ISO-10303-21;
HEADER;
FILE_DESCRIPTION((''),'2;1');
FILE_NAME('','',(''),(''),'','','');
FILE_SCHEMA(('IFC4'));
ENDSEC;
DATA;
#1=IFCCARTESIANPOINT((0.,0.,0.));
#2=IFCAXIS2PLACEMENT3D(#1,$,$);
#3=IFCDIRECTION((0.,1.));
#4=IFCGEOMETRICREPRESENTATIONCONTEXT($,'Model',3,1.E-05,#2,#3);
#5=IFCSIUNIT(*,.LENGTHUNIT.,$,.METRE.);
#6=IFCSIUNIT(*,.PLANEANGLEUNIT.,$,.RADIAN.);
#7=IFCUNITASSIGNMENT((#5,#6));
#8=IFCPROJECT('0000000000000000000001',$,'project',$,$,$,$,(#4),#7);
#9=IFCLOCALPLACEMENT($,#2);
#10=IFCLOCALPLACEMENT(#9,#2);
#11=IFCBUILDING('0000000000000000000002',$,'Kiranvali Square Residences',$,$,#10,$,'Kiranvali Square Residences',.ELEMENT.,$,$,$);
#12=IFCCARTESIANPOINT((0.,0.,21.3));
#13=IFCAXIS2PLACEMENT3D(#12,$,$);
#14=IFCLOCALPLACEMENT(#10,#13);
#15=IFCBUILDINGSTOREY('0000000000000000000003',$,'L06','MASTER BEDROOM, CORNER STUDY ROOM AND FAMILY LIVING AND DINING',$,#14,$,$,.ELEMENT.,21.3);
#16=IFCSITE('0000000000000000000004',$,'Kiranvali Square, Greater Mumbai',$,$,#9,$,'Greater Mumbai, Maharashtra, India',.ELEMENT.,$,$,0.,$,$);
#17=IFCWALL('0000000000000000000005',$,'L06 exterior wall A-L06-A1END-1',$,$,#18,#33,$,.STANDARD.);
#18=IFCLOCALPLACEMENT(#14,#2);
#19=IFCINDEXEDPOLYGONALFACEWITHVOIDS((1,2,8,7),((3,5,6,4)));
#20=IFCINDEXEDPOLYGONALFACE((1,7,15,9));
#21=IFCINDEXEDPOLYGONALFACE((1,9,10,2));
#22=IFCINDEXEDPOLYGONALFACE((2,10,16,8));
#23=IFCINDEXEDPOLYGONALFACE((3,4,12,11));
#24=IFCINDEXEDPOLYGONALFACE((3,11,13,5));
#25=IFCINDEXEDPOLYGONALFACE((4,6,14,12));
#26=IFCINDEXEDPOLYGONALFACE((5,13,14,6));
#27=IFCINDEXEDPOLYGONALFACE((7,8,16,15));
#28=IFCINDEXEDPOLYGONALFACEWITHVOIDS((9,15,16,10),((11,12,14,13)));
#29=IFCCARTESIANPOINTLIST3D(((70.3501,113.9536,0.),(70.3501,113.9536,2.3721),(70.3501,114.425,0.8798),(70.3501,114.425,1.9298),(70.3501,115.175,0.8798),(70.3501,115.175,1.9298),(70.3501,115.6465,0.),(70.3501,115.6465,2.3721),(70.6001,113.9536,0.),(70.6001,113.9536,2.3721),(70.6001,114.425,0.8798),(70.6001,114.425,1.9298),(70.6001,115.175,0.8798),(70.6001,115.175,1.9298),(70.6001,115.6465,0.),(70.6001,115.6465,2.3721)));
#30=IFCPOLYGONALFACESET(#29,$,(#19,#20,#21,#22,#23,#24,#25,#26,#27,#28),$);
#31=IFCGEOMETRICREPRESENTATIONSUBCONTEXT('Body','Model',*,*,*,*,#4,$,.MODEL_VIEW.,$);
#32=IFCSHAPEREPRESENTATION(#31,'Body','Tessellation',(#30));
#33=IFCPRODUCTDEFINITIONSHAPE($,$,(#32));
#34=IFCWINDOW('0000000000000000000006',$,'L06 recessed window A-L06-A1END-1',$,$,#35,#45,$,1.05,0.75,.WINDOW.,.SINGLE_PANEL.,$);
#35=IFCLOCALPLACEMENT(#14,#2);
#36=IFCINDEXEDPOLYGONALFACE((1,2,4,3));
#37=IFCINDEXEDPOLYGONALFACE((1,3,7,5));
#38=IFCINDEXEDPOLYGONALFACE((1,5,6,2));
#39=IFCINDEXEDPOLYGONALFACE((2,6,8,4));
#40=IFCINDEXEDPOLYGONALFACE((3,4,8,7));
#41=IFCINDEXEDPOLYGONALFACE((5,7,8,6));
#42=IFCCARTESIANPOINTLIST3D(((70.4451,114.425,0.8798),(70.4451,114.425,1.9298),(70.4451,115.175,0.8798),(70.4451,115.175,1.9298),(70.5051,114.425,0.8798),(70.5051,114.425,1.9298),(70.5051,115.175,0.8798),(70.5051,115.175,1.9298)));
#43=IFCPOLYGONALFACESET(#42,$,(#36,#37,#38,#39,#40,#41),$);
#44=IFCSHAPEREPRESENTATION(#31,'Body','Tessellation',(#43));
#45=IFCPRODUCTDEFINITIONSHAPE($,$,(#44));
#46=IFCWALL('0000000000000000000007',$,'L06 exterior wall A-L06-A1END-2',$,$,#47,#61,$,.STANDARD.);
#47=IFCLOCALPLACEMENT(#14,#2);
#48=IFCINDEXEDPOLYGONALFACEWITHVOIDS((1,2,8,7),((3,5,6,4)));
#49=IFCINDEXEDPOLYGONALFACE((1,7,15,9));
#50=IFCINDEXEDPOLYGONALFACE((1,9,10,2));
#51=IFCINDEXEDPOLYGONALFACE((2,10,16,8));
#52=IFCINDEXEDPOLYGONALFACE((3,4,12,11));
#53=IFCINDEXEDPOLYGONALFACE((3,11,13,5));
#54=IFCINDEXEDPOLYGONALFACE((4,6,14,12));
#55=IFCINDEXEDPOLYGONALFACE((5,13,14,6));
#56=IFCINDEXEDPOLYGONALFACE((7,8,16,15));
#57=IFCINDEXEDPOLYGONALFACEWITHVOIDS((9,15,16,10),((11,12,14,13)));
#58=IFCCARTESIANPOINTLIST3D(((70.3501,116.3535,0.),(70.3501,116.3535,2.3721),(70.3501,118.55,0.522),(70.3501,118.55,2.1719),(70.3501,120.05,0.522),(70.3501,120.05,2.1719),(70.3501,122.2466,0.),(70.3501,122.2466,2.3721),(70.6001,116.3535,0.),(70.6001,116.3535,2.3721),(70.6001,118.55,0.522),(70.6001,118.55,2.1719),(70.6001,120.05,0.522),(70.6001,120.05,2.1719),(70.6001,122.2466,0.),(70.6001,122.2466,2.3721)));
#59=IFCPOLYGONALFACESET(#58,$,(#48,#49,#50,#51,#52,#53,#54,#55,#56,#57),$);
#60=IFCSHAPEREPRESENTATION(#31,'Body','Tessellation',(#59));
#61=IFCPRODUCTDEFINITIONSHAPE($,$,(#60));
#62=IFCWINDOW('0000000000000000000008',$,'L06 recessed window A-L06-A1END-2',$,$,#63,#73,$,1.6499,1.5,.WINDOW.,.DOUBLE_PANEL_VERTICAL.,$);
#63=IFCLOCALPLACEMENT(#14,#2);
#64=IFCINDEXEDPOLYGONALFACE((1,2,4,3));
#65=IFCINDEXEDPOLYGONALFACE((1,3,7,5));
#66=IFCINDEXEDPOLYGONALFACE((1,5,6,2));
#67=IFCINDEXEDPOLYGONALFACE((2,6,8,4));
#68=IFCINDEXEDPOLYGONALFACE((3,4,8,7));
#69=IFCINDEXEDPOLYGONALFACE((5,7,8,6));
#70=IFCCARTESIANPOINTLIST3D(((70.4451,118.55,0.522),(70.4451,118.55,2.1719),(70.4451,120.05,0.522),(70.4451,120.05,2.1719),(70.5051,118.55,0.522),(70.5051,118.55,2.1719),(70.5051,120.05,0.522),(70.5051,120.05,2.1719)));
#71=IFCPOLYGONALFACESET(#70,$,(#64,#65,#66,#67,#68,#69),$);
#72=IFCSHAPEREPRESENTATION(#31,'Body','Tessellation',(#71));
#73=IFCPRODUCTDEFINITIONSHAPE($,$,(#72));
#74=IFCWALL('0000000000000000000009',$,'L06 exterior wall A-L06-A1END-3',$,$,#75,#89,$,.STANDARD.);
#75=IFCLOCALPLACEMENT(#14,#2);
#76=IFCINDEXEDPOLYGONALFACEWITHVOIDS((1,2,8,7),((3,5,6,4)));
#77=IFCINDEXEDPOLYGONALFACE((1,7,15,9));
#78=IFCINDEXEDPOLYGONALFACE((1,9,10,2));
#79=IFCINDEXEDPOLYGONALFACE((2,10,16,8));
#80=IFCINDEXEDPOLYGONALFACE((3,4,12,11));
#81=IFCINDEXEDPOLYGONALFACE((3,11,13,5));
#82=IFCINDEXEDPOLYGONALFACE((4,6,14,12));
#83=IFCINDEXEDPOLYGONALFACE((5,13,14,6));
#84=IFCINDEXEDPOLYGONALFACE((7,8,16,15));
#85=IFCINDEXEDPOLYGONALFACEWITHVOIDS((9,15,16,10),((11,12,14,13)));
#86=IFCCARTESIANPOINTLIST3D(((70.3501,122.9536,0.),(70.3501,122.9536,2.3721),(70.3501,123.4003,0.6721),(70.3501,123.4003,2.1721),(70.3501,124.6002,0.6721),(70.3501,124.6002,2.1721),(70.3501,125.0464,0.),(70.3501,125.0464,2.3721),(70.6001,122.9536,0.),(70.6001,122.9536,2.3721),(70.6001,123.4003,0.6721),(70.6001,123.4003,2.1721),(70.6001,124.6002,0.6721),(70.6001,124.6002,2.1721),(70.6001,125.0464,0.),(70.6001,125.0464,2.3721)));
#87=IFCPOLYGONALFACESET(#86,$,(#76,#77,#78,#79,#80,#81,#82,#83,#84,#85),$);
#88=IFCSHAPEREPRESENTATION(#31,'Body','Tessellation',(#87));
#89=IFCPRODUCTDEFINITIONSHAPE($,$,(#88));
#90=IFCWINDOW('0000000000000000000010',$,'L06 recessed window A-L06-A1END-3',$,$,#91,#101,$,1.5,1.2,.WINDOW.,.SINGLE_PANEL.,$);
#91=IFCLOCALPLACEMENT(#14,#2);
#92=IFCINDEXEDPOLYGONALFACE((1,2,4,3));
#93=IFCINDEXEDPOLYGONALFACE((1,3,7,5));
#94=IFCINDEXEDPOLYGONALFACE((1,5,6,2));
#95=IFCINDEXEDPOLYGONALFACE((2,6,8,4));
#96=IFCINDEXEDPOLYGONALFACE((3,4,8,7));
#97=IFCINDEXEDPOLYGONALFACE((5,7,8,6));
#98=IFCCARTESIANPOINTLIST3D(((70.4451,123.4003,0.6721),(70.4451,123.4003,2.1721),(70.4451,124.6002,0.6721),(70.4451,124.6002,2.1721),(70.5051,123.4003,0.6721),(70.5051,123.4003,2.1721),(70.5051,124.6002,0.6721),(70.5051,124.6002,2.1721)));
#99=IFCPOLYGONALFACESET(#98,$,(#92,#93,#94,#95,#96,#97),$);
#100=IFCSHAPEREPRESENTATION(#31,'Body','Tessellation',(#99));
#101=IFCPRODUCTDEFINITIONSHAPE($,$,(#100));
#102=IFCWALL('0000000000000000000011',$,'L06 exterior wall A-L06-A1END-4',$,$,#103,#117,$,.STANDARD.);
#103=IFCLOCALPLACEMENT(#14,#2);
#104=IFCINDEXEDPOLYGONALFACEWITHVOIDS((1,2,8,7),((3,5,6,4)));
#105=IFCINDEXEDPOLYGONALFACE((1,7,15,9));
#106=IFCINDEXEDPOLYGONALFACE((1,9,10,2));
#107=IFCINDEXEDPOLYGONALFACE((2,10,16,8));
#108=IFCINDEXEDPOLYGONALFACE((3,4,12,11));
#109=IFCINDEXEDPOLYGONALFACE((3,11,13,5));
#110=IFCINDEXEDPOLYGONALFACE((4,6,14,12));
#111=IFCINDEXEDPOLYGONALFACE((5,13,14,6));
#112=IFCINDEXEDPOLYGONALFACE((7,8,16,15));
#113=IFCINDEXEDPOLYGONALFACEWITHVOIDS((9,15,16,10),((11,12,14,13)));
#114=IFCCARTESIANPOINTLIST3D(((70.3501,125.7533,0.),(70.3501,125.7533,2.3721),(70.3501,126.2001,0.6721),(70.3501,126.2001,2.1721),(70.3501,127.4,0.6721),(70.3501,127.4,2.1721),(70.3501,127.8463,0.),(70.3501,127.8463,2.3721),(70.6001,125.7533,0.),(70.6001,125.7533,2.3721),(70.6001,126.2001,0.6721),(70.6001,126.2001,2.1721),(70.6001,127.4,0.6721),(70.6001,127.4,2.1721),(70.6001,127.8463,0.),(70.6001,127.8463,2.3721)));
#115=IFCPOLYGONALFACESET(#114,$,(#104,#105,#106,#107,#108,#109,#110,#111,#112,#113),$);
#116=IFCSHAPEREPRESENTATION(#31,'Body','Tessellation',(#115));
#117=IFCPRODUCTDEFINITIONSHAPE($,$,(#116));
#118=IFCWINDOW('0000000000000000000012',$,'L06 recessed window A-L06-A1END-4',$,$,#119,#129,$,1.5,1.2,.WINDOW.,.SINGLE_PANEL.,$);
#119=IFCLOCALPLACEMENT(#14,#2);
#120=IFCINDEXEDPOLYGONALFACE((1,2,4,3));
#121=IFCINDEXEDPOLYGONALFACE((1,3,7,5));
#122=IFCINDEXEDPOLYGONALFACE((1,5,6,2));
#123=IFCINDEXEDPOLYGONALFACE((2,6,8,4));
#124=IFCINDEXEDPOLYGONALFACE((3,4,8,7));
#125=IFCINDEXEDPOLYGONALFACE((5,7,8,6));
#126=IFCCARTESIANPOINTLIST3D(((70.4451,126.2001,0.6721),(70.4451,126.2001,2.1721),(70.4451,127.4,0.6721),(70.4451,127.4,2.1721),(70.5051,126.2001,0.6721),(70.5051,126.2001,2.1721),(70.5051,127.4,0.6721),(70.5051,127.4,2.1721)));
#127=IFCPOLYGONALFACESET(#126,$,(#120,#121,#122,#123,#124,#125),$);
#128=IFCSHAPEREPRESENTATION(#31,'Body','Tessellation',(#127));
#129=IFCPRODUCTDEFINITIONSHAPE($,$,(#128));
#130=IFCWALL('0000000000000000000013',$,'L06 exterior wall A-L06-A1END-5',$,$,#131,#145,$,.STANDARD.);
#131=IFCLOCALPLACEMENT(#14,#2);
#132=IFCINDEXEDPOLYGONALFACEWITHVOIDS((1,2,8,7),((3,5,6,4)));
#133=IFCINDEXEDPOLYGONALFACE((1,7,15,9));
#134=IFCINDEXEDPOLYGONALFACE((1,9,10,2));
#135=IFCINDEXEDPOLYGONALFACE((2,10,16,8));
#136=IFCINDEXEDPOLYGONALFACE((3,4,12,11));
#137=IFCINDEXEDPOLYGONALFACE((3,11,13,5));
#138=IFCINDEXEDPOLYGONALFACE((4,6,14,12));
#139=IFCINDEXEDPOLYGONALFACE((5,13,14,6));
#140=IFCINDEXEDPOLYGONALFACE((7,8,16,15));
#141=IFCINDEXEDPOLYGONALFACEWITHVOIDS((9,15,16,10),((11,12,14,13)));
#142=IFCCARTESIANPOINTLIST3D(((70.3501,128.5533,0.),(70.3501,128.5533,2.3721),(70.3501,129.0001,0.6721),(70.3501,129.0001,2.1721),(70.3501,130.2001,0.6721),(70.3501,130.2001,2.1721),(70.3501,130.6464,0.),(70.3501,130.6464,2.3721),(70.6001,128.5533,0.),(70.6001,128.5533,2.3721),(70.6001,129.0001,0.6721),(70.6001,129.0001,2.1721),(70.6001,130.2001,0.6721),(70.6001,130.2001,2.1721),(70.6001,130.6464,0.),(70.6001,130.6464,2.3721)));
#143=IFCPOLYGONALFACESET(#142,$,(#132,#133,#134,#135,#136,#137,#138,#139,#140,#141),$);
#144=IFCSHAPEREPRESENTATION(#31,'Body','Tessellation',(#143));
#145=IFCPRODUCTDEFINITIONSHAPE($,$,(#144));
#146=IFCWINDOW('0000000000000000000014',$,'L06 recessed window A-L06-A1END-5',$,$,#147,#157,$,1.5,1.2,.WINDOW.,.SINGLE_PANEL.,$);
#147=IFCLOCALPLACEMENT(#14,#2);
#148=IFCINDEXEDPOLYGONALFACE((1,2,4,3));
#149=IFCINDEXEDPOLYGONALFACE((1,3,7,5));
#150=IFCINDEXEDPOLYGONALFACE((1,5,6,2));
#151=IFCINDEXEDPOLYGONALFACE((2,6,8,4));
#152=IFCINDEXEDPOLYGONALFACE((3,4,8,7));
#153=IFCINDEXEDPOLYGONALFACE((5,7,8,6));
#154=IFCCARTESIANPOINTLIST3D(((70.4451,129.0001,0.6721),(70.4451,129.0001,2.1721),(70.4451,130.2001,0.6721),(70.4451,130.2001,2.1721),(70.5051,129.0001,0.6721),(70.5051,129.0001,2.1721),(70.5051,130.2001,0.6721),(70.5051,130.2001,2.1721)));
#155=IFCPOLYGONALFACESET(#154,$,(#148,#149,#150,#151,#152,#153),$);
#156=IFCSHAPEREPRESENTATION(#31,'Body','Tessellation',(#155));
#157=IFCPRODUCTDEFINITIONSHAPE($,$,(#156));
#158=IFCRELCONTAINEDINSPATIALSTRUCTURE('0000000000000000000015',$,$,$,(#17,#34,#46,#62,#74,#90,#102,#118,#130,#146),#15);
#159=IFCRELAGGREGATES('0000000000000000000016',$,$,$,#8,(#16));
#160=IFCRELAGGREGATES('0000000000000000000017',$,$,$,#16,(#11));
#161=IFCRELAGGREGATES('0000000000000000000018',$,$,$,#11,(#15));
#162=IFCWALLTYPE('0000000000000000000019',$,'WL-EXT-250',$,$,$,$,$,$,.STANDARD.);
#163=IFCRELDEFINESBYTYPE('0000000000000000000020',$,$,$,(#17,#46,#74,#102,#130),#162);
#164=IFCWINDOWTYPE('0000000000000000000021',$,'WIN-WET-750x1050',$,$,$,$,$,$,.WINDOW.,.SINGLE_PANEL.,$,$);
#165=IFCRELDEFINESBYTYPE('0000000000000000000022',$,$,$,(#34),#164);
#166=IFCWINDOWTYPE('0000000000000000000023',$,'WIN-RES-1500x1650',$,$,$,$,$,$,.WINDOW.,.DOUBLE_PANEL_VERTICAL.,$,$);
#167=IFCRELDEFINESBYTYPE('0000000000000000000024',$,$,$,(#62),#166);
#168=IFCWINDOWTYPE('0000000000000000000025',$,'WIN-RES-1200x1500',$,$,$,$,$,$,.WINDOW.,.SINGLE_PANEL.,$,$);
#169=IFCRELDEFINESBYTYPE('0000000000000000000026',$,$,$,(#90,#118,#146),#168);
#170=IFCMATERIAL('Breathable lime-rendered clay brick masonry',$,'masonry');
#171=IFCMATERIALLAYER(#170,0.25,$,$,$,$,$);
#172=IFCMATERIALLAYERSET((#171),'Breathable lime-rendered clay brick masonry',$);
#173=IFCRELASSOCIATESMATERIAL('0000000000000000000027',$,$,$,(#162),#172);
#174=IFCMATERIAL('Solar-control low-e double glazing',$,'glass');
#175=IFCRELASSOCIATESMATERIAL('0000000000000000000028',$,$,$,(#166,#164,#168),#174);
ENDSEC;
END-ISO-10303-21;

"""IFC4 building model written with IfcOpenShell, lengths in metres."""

from ifc_helpers import new_model, si_unit, direction, frame, frame_2d, origin, place, context, subcontext, project, spatial, rectangle, extrude, material, layer, layer_set, type_object, element, fill, save


model = new_model("IFC4")

# Units and contexts
model_context = context("Model", 3, precision=1e-05, world=origin(), true_north=direction((0.0, 1.0)))
body_context = subcontext(model_context, "Body", "Model", "MODEL_VIEW")
ifc_project = project(units=[si_unit("LENGTHUNIT", "METRE"), si_unit("PLANEANGLEUNIT", "RADIAN")], contexts=[model_context])

# Site, building, storey
site_placement = place(None, origin())
site = spatial("IfcSite", under=ifc_project, at=site_placement, Name="Kiranvali Square, Greater Mumbai", LongName="Greater Mumbai, Maharashtra, India", CompositionType="ELEMENT", RefElevation=0.0)
building_placement = place(site_placement, origin())
building = spatial("IfcBuilding", under=site, at=building_placement, Name="Kiranvali Square Residences", LongName="Kiranvali Square Residences", CompositionType="ELEMENT")
storey_placement = place(building_placement, frame((0.0, 0.0, 21.3)))
storey = spatial("IfcBuildingStorey", under=building, at=storey_placement, Name="L06", Description="MASTER BEDROOM, CORNER STUDY ROOM AND FAMILY LIVING AND DINING", CompositionType="ELEMENT", Elevation=21.3)

# Walls, openings, windows
ifc_material_1 = material(Name="Breathable lime-rendered clay brick masonry", Category="masonry")
ifc_layer = layer(ifc_material_1, 0.25)
ifc_layer_set = layer_set([ifc_layer], Name="Breathable lime-rendered clay brick masonry")
wall_type = type_object("IfcWallType", Name="WL-EXT-250", PredefinedType="STANDARD", material=ifc_layer_set)
ifc_material_2 = material(Name="Solar-control low-e double glazing", Category="glass")
window_type_1 = type_object("IfcWindowType", Name="WIN-RES-1500x1650", PartitioningType="DOUBLE_PANEL_VERTICAL", PredefinedType="WINDOW", material=ifc_material_2)
wall_1_placement = place(storey_placement, frame((70.4751, 113.9536, 0.0), z_axis=(0.0, 0.0, 1.0), x_axis=(0.0, 1.0, 0.0)))
wall_1 = element("IfcWall", 1, at=wall_1_placement, inside=storey, type_object=wall_type, Name="L06 exterior wall A-L06-A1END-1", PredefinedType="STANDARD", context=body_context, shape_type="SweptSolid", body=[
    extrude(rectangle(XDim=1.6929, YDim=0.25, at=frame_2d((0.8464, 0.0))), origin(), (0.0, 0.0, 1.0), 2.3721),
])
opening_1_placement = place(wall_1_placement, frame((0.4714, 0.0, 0.8799)))
opening_1 = element("IfcOpeningElement", 2, at=opening_1_placement, cuts=wall_1, PredefinedType="OPENING", context=body_context, shape_type="SweptSolid", body=[
    extrude(rectangle(XDim=0.75, YDim=1.05, at=frame_2d((0.375, 0.5249))), frame((0.0, 0.135, 0.0), z_axis=(0.0, -1.0, 0.0), x_axis=(1.0, 0.0, 0.0)), (0.0, 0.0, 1.0), 0.27),
])
window_type_2 = type_object("IfcWindowType", Name="WIN-WET-750x1050", PartitioningType="SINGLE_PANEL", PredefinedType="WINDOW", material=ifc_material_2)
window_1_placement = place(opening_1_placement, origin())
window_1 = element("IfcWindow", 3, at=window_1_placement, inside=storey, type_object=window_type_2, Name="L06 recessed window A-L06-A1END-1", OverallHeight=1.05, OverallWidth=0.75, PartitioningType="SINGLE_PANEL", PredefinedType="WINDOW", context=body_context, shape_type="SweptSolid", body=[
    extrude(rectangle(XDim=0.75, YDim=1.05, at=frame_2d((0.375, 0.5249))), frame((0.0, 0.03, 0.0), z_axis=(0.0, -1.0, 0.0), x_axis=(1.0, 0.0, 0.0)), (0.0, 0.0, 1.0), 0.0601),
])
fill(opening_1, window_1)
wall_2_placement = place(storey_placement, frame((70.4751, 116.3535, 0.0), z_axis=(0.0, 0.0, 1.0), x_axis=(0.0, 1.0, 0.0)))
wall_2 = element("IfcWall", 4, at=wall_2_placement, inside=storey, type_object=wall_type, Name="L06 exterior wall A-L06-A1END-2", PredefinedType="STANDARD", context=body_context, shape_type="SweptSolid", body=[
    extrude(rectangle(XDim=5.8931, YDim=0.25, at=frame_2d((2.9465, 0.0))), origin(), (0.0, 0.0, 1.0), 2.3721),
])
opening_2_placement = place(wall_2_placement, frame((2.1965, 0.0, 0.522)))
opening_2 = element("IfcOpeningElement", 5, at=opening_2_placement, cuts=wall_2, PredefinedType="OPENING", context=body_context, shape_type="SweptSolid", body=[
    extrude(rectangle(XDim=1.5, YDim=1.6499, at=frame_2d((0.75, 0.825))), frame((0.0, 0.135, 0.0), z_axis=(0.0, -1.0, 0.0), x_axis=(1.0, 0.0, 0.0)), (0.0, 0.0, 1.0), 0.27),
])
window_2_placement = place(opening_2_placement, origin())
window_2 = element("IfcWindow", 6, at=window_2_placement, inside=storey, type_object=window_type_1, Name="L06 recessed window A-L06-A1END-2", OverallHeight=1.6499, OverallWidth=1.5, PartitioningType="DOUBLE_PANEL_VERTICAL", PredefinedType="WINDOW", context=body_context, shape_type="SweptSolid", body=[
    extrude(rectangle(XDim=1.5, YDim=1.6499, at=frame_2d((0.75, 0.825))), frame((0.0, 0.03, 0.0), z_axis=(0.0, -1.0, 0.0), x_axis=(1.0, 0.0, 0.0)), (0.0, 0.0, 1.0), 0.0601),
])
fill(opening_2, window_2)
wall_3_placement = place(storey_placement, frame((70.4751, 122.9536, 0.0), z_axis=(0.0, 0.0, 1.0), x_axis=(0.0, 1.0, 0.0)))
wall_3 = element("IfcWall", 7, at=wall_3_placement, inside=storey, type_object=wall_type, Name="L06 exterior wall A-L06-A1END-3", PredefinedType="STANDARD", context=body_context, shape_type="SweptSolid", body=[
    extrude(rectangle(XDim=2.0928, YDim=0.25, at=frame_2d((1.0464, 0.0))), origin(), (0.0, 0.0, 1.0), 2.3721),
])
opening_3_placement = place(wall_3_placement, frame((0.4465, 0.0, 0.6721)))
opening_3 = element("IfcOpeningElement", 8, at=opening_3_placement, cuts=wall_3, PredefinedType="OPENING", context=body_context, shape_type="SweptSolid", body=[
    extrude(rectangle(XDim=1.2, YDim=1.5, at=frame_2d((0.6001, 0.75))), frame((0.0, 0.135, 0.0), z_axis=(0.0, -1.0, 0.0), x_axis=(1.0, 0.0, 0.0)), (0.0, 0.0, 1.0), 0.27),
])
window_type_3 = type_object("IfcWindowType", Name="WIN-RES-1200x1500", PartitioningType="SINGLE_PANEL", PredefinedType="WINDOW", material=ifc_material_2)
window_3_placement = place(opening_3_placement, origin())
window_3 = element("IfcWindow", 9, at=window_3_placement, inside=storey, type_object=window_type_3, Name="L06 recessed window A-L06-A1END-3", OverallHeight=1.5, OverallWidth=1.2, PartitioningType="SINGLE_PANEL", PredefinedType="WINDOW", context=body_context, shape_type="SweptSolid", body=[
    extrude(rectangle(XDim=1.2, YDim=1.5, at=frame_2d((0.6001, 0.75))), frame((0.0, 0.03, 0.0), z_axis=(0.0, -1.0, 0.0), x_axis=(1.0, 0.0, 0.0)), (0.0, 0.0, 1.0), 0.0601),
])
fill(opening_3, window_3)
wall_4_placement = place(storey_placement, frame((70.4751, 125.7534, 0.0), z_axis=(0.0, 0.0, 1.0), x_axis=(0.0, 1.0, 0.0)))
wall_4 = element("IfcWall", 10, at=wall_4_placement, inside=storey, type_object=wall_type, Name="L06 exterior wall A-L06-A1END-4", PredefinedType="STANDARD", context=body_context, shape_type="SweptSolid", body=[
    extrude(rectangle(XDim=2.093, YDim=0.25, at=frame_2d((1.0464, 0.0))), origin(), (0.0, 0.0, 1.0), 2.3721),
])
opening_4_placement = place(wall_4_placement, frame((0.4465, 0.0, 0.6721)))
opening_4 = element("IfcOpeningElement", 11, at=opening_4_placement, cuts=wall_4, PredefinedType="OPENING", context=body_context, shape_type="SweptSolid", body=[
    extrude(rectangle(XDim=1.2, YDim=1.5, at=frame_2d((0.6001, 0.75))), frame((0.0, 0.135, 0.0), z_axis=(0.0, -1.0, 0.0), x_axis=(1.0, 0.0, 0.0)), (0.0, 0.0, 1.0), 0.27),
])
window_4_placement = place(opening_4_placement, origin())
window_4 = element("IfcWindow", 12, at=window_4_placement, inside=storey, type_object=window_type_3, Name="L06 recessed window A-L06-A1END-4", OverallHeight=1.5, OverallWidth=1.2, PartitioningType="SINGLE_PANEL", PredefinedType="WINDOW", context=body_context, shape_type="SweptSolid", body=[
    extrude(rectangle(XDim=1.2, YDim=1.5, at=frame_2d((0.6001, 0.75))), frame((0.0, 0.03, 0.0), z_axis=(0.0, -1.0, 0.0), x_axis=(1.0, 0.0, 0.0)), (0.0, 0.0, 1.0), 0.0601),
])
fill(opening_4, window_4)
wall_5_placement = place(storey_placement, frame((70.4751, 128.5535, 0.0), z_axis=(0.0, 0.0, 1.0), x_axis=(0.0, 1.0, 0.0)))
wall_5 = element("IfcWall", 13, at=wall_5_placement, inside=storey, type_object=wall_type, Name="L06 exterior wall A-L06-A1END-5", PredefinedType="STANDARD", context=body_context, shape_type="SweptSolid", body=[
    extrude(rectangle(XDim=2.093, YDim=0.25, at=frame_2d((1.0464, 0.0))), origin(), (0.0, 0.0, 1.0), 2.3721),
])
opening_5_placement = place(wall_5_placement, frame((0.4465, 0.0, 0.6721)))
opening_5 = element("IfcOpeningElement", 14, at=opening_5_placement, cuts=wall_5, PredefinedType="OPENING", context=body_context, shape_type="SweptSolid", body=[
    extrude(rectangle(XDim=1.2, YDim=1.5, at=frame_2d((0.6001, 0.75))), frame((0.0, 0.135, 0.0), z_axis=(0.0, -1.0, 0.0), x_axis=(1.0, 0.0, 0.0)), (0.0, 0.0, 1.0), 0.27),
])
window_5_placement = place(opening_5_placement, origin())
window_5 = element("IfcWindow", 15, at=window_5_placement, inside=storey, type_object=window_type_3, Name="L06 recessed window A-L06-A1END-5", OverallHeight=1.5, OverallWidth=1.2, PartitioningType="SINGLE_PANEL", PredefinedType="WINDOW", context=body_context, shape_type="SweptSolid", body=[
    extrude(rectangle(XDim=1.2, YDim=1.5, at=frame_2d((0.6001, 0.75))), frame((0.0, 0.03, 0.0), z_axis=(0.0, -1.0, 0.0), x_axis=(1.0, 0.0, 0.0)), (0.0, 0.0, 1.0), 0.0601),
])
fill(opening_5, window_5)

save(model, "model.ifc")
